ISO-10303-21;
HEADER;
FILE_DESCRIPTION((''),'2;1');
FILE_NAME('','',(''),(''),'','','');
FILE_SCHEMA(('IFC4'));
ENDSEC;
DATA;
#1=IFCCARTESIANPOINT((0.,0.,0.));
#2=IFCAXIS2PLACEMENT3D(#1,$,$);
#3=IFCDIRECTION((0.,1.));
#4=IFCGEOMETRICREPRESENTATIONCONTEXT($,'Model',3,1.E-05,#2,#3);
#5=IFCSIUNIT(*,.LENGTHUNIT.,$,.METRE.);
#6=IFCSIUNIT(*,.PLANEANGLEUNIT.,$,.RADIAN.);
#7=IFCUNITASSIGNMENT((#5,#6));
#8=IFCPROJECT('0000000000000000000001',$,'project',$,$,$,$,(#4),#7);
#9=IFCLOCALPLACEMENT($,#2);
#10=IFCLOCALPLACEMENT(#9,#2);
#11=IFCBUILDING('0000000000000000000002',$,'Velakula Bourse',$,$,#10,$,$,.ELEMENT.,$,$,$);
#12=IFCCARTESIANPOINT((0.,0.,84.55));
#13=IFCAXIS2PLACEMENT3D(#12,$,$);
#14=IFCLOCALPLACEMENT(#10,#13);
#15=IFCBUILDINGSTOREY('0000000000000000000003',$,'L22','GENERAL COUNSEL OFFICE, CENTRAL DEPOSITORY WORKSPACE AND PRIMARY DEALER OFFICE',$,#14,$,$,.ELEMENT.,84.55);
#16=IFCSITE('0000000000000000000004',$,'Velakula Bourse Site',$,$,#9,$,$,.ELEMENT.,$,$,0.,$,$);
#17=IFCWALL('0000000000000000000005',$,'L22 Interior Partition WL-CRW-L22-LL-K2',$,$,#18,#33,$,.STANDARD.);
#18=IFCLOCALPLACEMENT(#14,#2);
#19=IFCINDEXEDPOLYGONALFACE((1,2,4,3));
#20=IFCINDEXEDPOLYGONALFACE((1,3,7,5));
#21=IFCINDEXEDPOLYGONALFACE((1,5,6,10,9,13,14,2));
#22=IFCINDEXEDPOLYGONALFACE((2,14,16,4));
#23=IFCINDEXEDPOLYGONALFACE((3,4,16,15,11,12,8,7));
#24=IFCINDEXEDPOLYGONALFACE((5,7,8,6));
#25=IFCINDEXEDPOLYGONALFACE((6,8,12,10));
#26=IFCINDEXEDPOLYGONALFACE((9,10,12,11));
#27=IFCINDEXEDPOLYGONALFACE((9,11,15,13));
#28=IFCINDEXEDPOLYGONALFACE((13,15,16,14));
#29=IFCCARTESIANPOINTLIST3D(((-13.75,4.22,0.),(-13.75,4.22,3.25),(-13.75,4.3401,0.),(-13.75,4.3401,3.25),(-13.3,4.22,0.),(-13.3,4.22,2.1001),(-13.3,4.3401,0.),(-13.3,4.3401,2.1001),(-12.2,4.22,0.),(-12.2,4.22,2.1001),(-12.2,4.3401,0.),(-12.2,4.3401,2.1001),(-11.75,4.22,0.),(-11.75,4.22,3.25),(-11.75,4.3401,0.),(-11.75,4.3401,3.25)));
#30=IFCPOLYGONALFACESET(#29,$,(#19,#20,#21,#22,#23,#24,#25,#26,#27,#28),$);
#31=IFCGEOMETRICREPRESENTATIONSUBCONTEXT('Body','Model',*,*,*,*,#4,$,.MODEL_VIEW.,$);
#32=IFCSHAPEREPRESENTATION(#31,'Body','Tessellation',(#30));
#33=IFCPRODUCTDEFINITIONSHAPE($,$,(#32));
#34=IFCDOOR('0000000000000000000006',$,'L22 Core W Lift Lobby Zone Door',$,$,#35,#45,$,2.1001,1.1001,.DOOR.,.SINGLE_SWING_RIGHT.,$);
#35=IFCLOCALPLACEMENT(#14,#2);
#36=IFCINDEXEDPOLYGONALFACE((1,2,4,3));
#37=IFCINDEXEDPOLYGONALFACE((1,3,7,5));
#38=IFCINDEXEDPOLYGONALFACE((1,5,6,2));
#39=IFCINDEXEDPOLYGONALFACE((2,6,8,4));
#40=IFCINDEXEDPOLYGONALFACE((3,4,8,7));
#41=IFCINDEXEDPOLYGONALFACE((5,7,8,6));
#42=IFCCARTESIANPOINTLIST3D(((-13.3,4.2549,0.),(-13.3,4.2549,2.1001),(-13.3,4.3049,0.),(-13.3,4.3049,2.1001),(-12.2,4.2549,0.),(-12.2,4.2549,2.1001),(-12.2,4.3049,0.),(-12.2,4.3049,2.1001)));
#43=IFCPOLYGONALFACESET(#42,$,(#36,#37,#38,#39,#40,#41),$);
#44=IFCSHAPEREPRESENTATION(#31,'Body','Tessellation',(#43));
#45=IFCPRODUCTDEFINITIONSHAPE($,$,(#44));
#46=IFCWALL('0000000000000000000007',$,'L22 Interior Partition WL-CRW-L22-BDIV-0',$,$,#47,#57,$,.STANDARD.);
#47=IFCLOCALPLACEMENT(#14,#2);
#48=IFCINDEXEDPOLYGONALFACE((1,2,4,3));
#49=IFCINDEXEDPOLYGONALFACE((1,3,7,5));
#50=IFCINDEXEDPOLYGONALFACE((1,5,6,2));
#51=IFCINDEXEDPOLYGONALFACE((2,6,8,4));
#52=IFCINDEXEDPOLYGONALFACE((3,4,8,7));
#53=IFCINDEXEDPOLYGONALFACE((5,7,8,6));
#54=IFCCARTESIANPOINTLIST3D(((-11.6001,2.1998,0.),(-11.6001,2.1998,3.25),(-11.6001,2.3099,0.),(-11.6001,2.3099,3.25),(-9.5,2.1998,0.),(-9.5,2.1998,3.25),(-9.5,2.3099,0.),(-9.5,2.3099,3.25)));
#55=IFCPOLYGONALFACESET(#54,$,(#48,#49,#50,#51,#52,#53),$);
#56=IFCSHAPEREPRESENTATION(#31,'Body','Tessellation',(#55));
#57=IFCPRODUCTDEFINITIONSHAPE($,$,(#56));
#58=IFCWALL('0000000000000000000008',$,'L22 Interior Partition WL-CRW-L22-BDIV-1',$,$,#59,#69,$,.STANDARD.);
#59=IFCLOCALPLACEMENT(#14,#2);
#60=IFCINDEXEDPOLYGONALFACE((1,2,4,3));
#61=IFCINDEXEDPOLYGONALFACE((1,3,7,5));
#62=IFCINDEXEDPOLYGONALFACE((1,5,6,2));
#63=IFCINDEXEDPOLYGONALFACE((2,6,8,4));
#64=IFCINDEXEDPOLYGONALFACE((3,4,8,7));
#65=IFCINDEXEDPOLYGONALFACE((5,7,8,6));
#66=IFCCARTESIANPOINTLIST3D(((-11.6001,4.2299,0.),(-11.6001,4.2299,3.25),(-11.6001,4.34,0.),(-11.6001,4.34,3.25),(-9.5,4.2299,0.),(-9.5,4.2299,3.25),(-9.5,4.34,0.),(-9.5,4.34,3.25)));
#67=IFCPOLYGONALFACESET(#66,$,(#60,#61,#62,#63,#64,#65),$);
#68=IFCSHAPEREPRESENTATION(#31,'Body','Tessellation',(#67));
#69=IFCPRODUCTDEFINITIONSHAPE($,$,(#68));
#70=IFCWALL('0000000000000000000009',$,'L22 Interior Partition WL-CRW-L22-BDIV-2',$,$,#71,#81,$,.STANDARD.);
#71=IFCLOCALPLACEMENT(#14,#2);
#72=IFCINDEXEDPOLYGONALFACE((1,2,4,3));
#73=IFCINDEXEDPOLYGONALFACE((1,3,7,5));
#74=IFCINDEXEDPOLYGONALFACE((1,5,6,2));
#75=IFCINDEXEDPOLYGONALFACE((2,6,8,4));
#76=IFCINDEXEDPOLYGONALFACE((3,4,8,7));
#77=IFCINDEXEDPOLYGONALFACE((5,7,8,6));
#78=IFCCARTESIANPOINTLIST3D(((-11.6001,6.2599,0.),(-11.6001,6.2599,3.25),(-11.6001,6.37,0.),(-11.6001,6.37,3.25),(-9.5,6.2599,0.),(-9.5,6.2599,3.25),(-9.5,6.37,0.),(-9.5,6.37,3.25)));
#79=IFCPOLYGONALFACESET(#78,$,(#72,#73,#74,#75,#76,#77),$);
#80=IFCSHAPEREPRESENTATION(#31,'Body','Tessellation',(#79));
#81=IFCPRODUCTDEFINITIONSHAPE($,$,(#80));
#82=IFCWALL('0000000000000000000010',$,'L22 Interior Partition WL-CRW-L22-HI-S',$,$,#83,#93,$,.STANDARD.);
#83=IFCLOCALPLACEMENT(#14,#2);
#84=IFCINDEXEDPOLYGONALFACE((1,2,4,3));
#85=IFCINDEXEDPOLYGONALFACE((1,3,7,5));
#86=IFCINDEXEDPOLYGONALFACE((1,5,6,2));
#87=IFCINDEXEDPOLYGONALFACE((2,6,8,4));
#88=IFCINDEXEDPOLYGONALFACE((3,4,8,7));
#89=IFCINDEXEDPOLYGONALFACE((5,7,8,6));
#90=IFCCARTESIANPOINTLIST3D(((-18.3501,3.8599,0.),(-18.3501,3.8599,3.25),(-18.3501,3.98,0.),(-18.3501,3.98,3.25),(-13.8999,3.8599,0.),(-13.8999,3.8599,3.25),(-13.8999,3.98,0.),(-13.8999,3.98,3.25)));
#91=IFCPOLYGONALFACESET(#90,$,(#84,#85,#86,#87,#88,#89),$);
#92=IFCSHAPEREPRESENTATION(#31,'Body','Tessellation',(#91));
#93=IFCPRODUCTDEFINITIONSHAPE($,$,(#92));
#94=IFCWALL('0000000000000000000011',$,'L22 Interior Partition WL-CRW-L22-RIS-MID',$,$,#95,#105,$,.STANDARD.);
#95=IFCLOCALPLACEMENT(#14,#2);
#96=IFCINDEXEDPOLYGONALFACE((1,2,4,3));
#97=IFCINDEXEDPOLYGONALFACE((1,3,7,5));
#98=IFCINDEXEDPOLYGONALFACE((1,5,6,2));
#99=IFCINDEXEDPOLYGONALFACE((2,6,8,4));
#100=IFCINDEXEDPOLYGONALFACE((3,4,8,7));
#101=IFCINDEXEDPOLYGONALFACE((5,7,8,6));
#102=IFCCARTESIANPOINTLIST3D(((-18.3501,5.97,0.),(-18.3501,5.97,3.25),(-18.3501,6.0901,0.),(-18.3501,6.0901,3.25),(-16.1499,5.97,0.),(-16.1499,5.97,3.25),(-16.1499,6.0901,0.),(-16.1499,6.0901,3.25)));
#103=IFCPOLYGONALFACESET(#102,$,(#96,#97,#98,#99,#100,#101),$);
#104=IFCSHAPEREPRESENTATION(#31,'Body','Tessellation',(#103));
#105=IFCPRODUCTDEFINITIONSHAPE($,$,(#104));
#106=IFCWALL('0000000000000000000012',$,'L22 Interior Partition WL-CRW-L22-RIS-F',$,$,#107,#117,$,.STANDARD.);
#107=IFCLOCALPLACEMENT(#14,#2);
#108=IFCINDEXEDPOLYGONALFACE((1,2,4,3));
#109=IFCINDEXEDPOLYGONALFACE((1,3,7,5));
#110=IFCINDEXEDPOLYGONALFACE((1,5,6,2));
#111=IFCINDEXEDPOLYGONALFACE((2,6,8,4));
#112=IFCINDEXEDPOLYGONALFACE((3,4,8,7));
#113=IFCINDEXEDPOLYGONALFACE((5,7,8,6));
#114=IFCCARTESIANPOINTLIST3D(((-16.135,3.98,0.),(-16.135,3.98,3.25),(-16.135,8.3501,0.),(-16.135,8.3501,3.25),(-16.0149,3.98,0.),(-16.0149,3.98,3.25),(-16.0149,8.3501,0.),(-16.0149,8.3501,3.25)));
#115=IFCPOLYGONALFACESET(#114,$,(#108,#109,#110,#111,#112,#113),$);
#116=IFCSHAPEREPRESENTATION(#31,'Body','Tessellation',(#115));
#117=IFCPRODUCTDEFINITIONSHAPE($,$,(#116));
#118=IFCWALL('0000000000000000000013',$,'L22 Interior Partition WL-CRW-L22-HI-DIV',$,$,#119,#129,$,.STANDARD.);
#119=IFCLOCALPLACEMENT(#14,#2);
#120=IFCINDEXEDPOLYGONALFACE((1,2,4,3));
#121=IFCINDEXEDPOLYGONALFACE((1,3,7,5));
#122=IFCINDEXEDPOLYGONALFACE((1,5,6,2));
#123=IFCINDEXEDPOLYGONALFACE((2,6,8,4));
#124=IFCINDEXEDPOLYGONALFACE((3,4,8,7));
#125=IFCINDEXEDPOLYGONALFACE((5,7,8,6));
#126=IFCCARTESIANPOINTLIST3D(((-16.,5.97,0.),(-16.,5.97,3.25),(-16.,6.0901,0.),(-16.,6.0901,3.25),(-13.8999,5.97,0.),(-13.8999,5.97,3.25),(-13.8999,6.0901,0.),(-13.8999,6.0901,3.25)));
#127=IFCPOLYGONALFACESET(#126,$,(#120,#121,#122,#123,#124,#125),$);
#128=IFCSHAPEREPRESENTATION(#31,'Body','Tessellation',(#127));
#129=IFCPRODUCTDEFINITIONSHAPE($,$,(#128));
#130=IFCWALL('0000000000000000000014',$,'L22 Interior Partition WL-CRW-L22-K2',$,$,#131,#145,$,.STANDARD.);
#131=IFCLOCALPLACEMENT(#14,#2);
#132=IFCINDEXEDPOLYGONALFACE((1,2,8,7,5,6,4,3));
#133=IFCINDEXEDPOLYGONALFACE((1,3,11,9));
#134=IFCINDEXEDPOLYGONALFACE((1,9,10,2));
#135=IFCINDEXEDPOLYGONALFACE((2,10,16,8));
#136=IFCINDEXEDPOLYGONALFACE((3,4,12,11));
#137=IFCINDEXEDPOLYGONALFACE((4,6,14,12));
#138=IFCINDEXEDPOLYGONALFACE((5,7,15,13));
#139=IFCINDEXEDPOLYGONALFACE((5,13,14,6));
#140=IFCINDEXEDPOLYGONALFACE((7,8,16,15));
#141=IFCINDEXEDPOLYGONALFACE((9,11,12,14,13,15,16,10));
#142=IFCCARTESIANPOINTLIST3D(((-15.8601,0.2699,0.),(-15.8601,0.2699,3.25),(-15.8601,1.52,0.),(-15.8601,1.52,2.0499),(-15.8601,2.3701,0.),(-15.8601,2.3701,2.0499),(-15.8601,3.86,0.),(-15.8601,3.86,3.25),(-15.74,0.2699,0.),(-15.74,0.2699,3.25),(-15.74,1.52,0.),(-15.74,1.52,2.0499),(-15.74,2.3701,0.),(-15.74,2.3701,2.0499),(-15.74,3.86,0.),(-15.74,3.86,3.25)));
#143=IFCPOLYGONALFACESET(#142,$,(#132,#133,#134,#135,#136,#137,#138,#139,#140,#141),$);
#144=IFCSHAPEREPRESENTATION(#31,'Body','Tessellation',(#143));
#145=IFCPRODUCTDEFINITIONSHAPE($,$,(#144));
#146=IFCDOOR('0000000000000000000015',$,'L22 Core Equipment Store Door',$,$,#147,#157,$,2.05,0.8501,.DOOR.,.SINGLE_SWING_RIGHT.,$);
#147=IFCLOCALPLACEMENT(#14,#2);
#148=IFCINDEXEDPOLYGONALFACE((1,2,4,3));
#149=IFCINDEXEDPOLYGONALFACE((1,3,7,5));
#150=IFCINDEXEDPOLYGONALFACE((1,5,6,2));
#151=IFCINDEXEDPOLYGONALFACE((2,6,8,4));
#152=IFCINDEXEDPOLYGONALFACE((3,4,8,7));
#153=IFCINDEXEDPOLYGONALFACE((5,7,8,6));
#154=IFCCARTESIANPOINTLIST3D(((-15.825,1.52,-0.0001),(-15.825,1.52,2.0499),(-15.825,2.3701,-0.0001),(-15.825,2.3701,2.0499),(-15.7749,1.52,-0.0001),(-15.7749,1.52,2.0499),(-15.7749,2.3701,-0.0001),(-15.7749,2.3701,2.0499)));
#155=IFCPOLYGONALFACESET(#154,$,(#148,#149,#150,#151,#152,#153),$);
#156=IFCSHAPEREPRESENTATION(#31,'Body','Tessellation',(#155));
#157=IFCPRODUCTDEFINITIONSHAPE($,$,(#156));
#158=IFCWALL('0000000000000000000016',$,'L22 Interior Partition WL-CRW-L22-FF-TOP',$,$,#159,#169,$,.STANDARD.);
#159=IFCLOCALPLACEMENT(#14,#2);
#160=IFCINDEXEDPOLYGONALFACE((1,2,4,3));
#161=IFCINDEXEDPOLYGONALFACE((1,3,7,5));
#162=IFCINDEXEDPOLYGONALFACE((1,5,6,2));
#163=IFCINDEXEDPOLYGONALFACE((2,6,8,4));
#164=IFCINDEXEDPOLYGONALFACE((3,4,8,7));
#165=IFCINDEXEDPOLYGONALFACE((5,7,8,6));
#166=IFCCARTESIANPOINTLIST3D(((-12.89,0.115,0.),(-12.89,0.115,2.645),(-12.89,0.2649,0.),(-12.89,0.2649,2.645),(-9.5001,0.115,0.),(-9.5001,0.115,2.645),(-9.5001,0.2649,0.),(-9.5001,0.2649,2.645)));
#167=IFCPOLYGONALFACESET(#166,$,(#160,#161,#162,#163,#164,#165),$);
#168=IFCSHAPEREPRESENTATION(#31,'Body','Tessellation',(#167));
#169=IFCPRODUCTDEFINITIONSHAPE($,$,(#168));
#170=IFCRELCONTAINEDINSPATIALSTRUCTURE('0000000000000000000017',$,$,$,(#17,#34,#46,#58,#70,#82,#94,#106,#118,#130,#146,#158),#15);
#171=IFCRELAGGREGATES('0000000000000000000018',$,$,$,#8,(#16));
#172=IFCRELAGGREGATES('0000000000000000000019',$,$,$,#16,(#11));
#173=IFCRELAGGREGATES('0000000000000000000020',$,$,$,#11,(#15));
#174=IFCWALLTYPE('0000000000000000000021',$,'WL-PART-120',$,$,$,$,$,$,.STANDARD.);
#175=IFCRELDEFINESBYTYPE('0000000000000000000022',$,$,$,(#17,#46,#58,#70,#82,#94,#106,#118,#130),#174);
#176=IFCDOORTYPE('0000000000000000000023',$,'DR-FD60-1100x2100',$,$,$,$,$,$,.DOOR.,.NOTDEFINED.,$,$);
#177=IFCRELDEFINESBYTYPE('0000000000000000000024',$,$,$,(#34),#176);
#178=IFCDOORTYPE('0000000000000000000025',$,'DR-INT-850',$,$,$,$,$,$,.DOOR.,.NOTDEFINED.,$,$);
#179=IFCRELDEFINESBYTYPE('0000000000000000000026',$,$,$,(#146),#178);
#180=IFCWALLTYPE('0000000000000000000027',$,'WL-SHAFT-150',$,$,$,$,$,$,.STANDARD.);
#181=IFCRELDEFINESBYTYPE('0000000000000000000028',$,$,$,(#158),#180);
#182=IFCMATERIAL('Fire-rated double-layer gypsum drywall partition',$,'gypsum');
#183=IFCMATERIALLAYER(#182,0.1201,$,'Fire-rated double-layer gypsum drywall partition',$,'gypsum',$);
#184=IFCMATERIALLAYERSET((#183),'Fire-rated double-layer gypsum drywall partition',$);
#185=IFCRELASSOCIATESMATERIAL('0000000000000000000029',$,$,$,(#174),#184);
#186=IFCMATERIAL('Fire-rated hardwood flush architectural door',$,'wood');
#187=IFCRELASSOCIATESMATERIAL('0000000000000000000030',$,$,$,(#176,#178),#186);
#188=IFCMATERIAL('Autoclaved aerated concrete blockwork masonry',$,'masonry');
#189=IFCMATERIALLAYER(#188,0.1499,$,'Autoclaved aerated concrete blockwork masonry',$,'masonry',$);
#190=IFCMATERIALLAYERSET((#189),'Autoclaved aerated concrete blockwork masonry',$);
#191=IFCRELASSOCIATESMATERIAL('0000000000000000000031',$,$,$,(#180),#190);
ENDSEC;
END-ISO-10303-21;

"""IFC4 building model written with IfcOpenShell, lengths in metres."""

from ifc_helpers import new_model, si_unit, direction, frame, frame_2d, origin, place, context, subcontext, project, spatial, rectangle, extrude, material, layer, layer_set, type_object, element, fill, save


model = new_model("IFC4")

# Units and contexts
model_context = context("Model", 3, precision=1e-05, world=origin(), true_north=direction((0.0, 1.0)))
body_context = subcontext(model_context, "Body", "Model", "MODEL_VIEW")
ifc_project = project(units=[si_unit("LENGTHUNIT", "METRE"), si_unit("PLANEANGLEUNIT", "RADIAN")], contexts=[model_context])

# Site, building, storey
site_placement = place(None, origin())
site = spatial("IfcSite", under=ifc_project, at=site_placement, Name="Velakula Bourse Site", CompositionType="ELEMENT", RefElevation=0.0)
building_placement = place(site_placement, origin())
building = spatial("IfcBuilding", under=site, at=building_placement, Name="Velakula Bourse", CompositionType="ELEMENT")
storey_placement = place(building_placement, frame((0.0, 0.0, 84.55)))
storey = spatial("IfcBuildingStorey", under=building, at=storey_placement, Name="L22", Description="GENERAL COUNSEL OFFICE, CENTRAL DEPOSITORY WORKSPACE AND PRIMARY DEALER OFFICE", CompositionType="ELEMENT", Elevation=84.55)

# Wall, opening, door
ifc_material_1 = material(Name="Fire-rated double-layer gypsum drywall partition", Category="gypsum")
ifc_layer_1 = layer(ifc_material_1, 0.1201, Name="Fire-rated double-layer gypsum drywall partition", Category="gypsum")
ifc_layer_set_1 = layer_set([ifc_layer_1], Name="Fire-rated double-layer gypsum drywall partition")
wall_type_1 = type_object("IfcWallType", Name="WL-PART-120", PredefinedType="STANDARD", material=ifc_layer_set_1)
wall_1_placement = place(storey_placement, frame((-13.75, 4.28, 0.0), z_axis=(0.0, 0.0, 1.0), x_axis=(1.0, 0.0, 0.0)))
wall_1 = element("IfcWall", 1, at=wall_1_placement, inside=storey, type_object=wall_type_1, Name="L22 Interior Partition WL-CRW-L22-LL-K2", PredefinedType="STANDARD", context=body_context, shape_type="SweptSolid", body=[
    extrude(rectangle(XDim=2.0, YDim=0.1201, at=frame_2d((1.0, 0.0))), origin(), (0.0, 0.0, 1.0), 3.25),
])
opening_1_placement = place(wall_1_placement, frame((0.45, 0.0, 0.0)))
opening_1 = element("IfcOpeningElement", 2, at=opening_1_placement, cuts=wall_1, PredefinedType="OPENING", context=body_context, shape_type="SweptSolid", body=[
    extrude(rectangle(XDim=1.1001, YDim=2.1001, at=frame_2d((0.55, 1.05))), frame((0.0, 0.0701, 0.0), z_axis=(0.0, -1.0, 0.0), x_axis=(1.0, 0.0, 0.0)), (0.0, 0.0, 1.0), 0.1401),
])
ifc_material_2 = material(Name="Fire-rated hardwood flush architectural door", Category="wood")
door_type_1 = type_object("IfcDoorType", Name="DR-FD60-1100x2100", OperationType="NOTDEFINED", PredefinedType="DOOR", material=ifc_material_2)
door_1_placement = place(opening_1_placement, origin())
door_1 = element("IfcDoor", 3, at=door_1_placement, inside=storey, type_object=door_type_1, Name="L22 Core W Lift Lobby Zone Door", OperationType="SINGLE_SWING_RIGHT", OverallHeight=2.1001, OverallWidth=1.1001, PredefinedType="DOOR", context=body_context, shape_type="SweptSolid", body=[
    extrude(rectangle(XDim=1.1001, YDim=2.1001, at=frame_2d((0.55, 1.05))), frame((0.0, 0.0249, 0.0), z_axis=(0.0, -1.0, 0.0), x_axis=(1.0, 0.0, 0.0)), (0.0, 0.0, 1.0), 0.05),
])
fill(opening_1, door_1)

# Walls
for number, where, z_axis, x_axis, name in (
    (4, (-11.6001, 2.2549, 0.0), (0.0, 0.0, 1.0), (1.0, 0.0, 0.0), "L22 Interior Partition WL-CRW-L22-BDIV-0"),
    (5, (-11.6001, 4.2849, 0.0), (0.0, 0.0, 1.0), (1.0, 0.0, 0.0), "L22 Interior Partition WL-CRW-L22-BDIV-1"),
    (6, (-11.6001, 6.3149, 0.0), (0.0, 0.0, 1.0), (1.0, 0.0, 0.0), "L22 Interior Partition WL-CRW-L22-BDIV-2"),
):
    element("IfcWall", number, at=place(storey_placement, frame(where, z_axis=z_axis, x_axis=x_axis)), inside=storey, type_object=wall_type_1, Name=name, PredefinedType="STANDARD", context=body_context, shape_type="SweptSolid", body=[
        extrude(rectangle(XDim=2.1001, YDim=0.1101, at=frame_2d((1.05, 0.0))), origin(), (0.0, 0.0, 1.0), 3.25),
    ])
wall_2_placement = place(storey_placement, frame((-18.3501, 3.9199, 0.0), z_axis=(0.0, 0.0, 1.0), x_axis=(1.0, 0.0, 0.0)))
element("IfcWall", 7, at=wall_2_placement, inside=storey, type_object=wall_type_1, Name="L22 Interior Partition WL-CRW-L22-HI-S", PredefinedType="STANDARD", context=body_context, shape_type="SweptSolid", body=[
    extrude(rectangle(XDim=4.4502, YDim=0.1201, at=frame_2d((2.2251, 0.0))), origin(), (0.0, 0.0, 1.0), 3.25),
])
wall_3_placement = place(storey_placement, frame((-18.3501, 6.03, 0.0), z_axis=(0.0, 0.0, 1.0), x_axis=(1.0, 0.0, 0.0)))
element("IfcWall", 8, at=wall_3_placement, inside=storey, type_object=wall_type_1, Name="L22 Interior Partition WL-CRW-L22-RIS-MID", PredefinedType="STANDARD", context=body_context, shape_type="SweptSolid", body=[
    extrude(rectangle(XDim=2.2002, YDim=0.1201, at=frame_2d((1.1001, 0.0))), origin(), (0.0, 0.0, 1.0), 3.25),
])
wall_4_placement = place(storey_placement, frame((-16.075, 3.98, 0.0), z_axis=(0.0, 0.0, 1.0), x_axis=(0.0, 1.0, 0.0)))
element("IfcWall", 9, at=wall_4_placement, inside=storey, type_object=wall_type_1, Name="L22 Interior Partition WL-CRW-L22-RIS-F", PredefinedType="STANDARD", context=body_context, shape_type="SweptSolid", body=[
    extrude(rectangle(XDim=4.3701, YDim=0.1201, at=frame_2d((2.1851, 0.0))), origin(), (0.0, 0.0, 1.0), 3.25),
])
wall_5_placement = place(storey_placement, frame((-16.0, 6.03, 0.0), z_axis=(0.0, 0.0, 1.0), x_axis=(1.0, 0.0, 0.0)))
element("IfcWall", 10, at=wall_5_placement, inside=storey, type_object=wall_type_1, Name="L22 Interior Partition WL-CRW-L22-HI-DIV", PredefinedType="STANDARD", context=body_context, shape_type="SweptSolid", body=[
    extrude(rectangle(XDim=2.1001, YDim=0.1201, at=frame_2d((1.05, 0.0))), origin(), (0.0, 0.0, 1.0), 3.25),
])

# Wall, opening, door
wall_6_placement = place(storey_placement, frame((-15.8, 0.27, 0.0), z_axis=(0.0, 0.0, 1.0), x_axis=(0.0, 1.0, 0.0)))
wall_6 = element("IfcWall", 11, at=wall_6_placement, inside=storey, type_object=wall_type_1, Name="L22 Interior Partition WL-CRW-L22-K2", PredefinedType="STANDARD", context=body_context, shape_type="SweptSolid", body=[
    extrude(rectangle(XDim=3.5901, YDim=0.1201, at=frame_2d((1.7949, 0.0))), origin(), (0.0, 0.0, 1.0), 3.25),
])
opening_2_placement = place(wall_6_placement, frame((1.25, 0.0, 0.0)))
opening_2 = element("IfcOpeningElement", 12, at=opening_2_placement, cuts=wall_6, PredefinedType="OPENING", context=body_context, shape_type="SweptSolid", body=[
    extrude(rectangle(XDim=0.8501, YDim=2.05, at=frame_2d((0.425, 1.0249))), frame((0.0, 0.0701, 0.0), z_axis=(0.0, -1.0, 0.0), x_axis=(1.0, 0.0, 0.0)), (0.0, 0.0, 1.0), 0.1401),
])
door_type_2 = type_object("IfcDoorType", Name="DR-INT-850", OperationType="NOTDEFINED", PredefinedType="DOOR", material=ifc_material_2)
door_2_placement = place(opening_2_placement, origin())
door_2 = element("IfcDoor", 13, at=door_2_placement, inside=storey, type_object=door_type_2, Name="L22 Core Equipment Store Door", OperationType="SINGLE_SWING_RIGHT", OverallHeight=2.05, OverallWidth=0.8501, PredefinedType="DOOR", context=body_context, shape_type="SweptSolid", body=[
    extrude(rectangle(XDim=0.8501, YDim=2.05, at=frame_2d((0.425, 1.0249))), frame((0.0, 0.0249, 0.0), z_axis=(0.0, -1.0, 0.0), x_axis=(1.0, 0.0, 0.0)), (0.0, 0.0, 1.0), 0.05),
])
fill(opening_2, door_2)

# Wall
ifc_material_3 = material(Name="Autoclaved aerated concrete blockwork masonry", Category="masonry")
ifc_layer_2 = layer(ifc_material_3, 0.1499, Name="Autoclaved aerated concrete blockwork masonry", Category="masonry")
ifc_layer_set_2 = layer_set([ifc_layer_2], Name="Autoclaved aerated concrete blockwork masonry")
wall_type_2 = type_object("IfcWallType", Name="WL-SHAFT-150", PredefinedType="STANDARD", material=ifc_layer_set_2)
wall_7_placement = place(storey_placement, frame((-12.8899, 0.1899, 0.0), z_axis=(0.0, 0.0, 1.0), x_axis=(1.0, 0.0, 0.0)))
element("IfcWall", 14, at=wall_7_placement, inside=storey, type_object=wall_type_2, Name="L22 Interior Partition WL-CRW-L22-FF-TOP", PredefinedType="STANDARD", context=body_context, shape_type="SweptSolid", body=[
    extrude(rectangle(XDim=3.3899, YDim=0.1499, at=frame_2d((1.6948, 0.0))), origin(), (0.0, 0.0, 1.0), 2.645),
])

save(model, "model.ifc")
